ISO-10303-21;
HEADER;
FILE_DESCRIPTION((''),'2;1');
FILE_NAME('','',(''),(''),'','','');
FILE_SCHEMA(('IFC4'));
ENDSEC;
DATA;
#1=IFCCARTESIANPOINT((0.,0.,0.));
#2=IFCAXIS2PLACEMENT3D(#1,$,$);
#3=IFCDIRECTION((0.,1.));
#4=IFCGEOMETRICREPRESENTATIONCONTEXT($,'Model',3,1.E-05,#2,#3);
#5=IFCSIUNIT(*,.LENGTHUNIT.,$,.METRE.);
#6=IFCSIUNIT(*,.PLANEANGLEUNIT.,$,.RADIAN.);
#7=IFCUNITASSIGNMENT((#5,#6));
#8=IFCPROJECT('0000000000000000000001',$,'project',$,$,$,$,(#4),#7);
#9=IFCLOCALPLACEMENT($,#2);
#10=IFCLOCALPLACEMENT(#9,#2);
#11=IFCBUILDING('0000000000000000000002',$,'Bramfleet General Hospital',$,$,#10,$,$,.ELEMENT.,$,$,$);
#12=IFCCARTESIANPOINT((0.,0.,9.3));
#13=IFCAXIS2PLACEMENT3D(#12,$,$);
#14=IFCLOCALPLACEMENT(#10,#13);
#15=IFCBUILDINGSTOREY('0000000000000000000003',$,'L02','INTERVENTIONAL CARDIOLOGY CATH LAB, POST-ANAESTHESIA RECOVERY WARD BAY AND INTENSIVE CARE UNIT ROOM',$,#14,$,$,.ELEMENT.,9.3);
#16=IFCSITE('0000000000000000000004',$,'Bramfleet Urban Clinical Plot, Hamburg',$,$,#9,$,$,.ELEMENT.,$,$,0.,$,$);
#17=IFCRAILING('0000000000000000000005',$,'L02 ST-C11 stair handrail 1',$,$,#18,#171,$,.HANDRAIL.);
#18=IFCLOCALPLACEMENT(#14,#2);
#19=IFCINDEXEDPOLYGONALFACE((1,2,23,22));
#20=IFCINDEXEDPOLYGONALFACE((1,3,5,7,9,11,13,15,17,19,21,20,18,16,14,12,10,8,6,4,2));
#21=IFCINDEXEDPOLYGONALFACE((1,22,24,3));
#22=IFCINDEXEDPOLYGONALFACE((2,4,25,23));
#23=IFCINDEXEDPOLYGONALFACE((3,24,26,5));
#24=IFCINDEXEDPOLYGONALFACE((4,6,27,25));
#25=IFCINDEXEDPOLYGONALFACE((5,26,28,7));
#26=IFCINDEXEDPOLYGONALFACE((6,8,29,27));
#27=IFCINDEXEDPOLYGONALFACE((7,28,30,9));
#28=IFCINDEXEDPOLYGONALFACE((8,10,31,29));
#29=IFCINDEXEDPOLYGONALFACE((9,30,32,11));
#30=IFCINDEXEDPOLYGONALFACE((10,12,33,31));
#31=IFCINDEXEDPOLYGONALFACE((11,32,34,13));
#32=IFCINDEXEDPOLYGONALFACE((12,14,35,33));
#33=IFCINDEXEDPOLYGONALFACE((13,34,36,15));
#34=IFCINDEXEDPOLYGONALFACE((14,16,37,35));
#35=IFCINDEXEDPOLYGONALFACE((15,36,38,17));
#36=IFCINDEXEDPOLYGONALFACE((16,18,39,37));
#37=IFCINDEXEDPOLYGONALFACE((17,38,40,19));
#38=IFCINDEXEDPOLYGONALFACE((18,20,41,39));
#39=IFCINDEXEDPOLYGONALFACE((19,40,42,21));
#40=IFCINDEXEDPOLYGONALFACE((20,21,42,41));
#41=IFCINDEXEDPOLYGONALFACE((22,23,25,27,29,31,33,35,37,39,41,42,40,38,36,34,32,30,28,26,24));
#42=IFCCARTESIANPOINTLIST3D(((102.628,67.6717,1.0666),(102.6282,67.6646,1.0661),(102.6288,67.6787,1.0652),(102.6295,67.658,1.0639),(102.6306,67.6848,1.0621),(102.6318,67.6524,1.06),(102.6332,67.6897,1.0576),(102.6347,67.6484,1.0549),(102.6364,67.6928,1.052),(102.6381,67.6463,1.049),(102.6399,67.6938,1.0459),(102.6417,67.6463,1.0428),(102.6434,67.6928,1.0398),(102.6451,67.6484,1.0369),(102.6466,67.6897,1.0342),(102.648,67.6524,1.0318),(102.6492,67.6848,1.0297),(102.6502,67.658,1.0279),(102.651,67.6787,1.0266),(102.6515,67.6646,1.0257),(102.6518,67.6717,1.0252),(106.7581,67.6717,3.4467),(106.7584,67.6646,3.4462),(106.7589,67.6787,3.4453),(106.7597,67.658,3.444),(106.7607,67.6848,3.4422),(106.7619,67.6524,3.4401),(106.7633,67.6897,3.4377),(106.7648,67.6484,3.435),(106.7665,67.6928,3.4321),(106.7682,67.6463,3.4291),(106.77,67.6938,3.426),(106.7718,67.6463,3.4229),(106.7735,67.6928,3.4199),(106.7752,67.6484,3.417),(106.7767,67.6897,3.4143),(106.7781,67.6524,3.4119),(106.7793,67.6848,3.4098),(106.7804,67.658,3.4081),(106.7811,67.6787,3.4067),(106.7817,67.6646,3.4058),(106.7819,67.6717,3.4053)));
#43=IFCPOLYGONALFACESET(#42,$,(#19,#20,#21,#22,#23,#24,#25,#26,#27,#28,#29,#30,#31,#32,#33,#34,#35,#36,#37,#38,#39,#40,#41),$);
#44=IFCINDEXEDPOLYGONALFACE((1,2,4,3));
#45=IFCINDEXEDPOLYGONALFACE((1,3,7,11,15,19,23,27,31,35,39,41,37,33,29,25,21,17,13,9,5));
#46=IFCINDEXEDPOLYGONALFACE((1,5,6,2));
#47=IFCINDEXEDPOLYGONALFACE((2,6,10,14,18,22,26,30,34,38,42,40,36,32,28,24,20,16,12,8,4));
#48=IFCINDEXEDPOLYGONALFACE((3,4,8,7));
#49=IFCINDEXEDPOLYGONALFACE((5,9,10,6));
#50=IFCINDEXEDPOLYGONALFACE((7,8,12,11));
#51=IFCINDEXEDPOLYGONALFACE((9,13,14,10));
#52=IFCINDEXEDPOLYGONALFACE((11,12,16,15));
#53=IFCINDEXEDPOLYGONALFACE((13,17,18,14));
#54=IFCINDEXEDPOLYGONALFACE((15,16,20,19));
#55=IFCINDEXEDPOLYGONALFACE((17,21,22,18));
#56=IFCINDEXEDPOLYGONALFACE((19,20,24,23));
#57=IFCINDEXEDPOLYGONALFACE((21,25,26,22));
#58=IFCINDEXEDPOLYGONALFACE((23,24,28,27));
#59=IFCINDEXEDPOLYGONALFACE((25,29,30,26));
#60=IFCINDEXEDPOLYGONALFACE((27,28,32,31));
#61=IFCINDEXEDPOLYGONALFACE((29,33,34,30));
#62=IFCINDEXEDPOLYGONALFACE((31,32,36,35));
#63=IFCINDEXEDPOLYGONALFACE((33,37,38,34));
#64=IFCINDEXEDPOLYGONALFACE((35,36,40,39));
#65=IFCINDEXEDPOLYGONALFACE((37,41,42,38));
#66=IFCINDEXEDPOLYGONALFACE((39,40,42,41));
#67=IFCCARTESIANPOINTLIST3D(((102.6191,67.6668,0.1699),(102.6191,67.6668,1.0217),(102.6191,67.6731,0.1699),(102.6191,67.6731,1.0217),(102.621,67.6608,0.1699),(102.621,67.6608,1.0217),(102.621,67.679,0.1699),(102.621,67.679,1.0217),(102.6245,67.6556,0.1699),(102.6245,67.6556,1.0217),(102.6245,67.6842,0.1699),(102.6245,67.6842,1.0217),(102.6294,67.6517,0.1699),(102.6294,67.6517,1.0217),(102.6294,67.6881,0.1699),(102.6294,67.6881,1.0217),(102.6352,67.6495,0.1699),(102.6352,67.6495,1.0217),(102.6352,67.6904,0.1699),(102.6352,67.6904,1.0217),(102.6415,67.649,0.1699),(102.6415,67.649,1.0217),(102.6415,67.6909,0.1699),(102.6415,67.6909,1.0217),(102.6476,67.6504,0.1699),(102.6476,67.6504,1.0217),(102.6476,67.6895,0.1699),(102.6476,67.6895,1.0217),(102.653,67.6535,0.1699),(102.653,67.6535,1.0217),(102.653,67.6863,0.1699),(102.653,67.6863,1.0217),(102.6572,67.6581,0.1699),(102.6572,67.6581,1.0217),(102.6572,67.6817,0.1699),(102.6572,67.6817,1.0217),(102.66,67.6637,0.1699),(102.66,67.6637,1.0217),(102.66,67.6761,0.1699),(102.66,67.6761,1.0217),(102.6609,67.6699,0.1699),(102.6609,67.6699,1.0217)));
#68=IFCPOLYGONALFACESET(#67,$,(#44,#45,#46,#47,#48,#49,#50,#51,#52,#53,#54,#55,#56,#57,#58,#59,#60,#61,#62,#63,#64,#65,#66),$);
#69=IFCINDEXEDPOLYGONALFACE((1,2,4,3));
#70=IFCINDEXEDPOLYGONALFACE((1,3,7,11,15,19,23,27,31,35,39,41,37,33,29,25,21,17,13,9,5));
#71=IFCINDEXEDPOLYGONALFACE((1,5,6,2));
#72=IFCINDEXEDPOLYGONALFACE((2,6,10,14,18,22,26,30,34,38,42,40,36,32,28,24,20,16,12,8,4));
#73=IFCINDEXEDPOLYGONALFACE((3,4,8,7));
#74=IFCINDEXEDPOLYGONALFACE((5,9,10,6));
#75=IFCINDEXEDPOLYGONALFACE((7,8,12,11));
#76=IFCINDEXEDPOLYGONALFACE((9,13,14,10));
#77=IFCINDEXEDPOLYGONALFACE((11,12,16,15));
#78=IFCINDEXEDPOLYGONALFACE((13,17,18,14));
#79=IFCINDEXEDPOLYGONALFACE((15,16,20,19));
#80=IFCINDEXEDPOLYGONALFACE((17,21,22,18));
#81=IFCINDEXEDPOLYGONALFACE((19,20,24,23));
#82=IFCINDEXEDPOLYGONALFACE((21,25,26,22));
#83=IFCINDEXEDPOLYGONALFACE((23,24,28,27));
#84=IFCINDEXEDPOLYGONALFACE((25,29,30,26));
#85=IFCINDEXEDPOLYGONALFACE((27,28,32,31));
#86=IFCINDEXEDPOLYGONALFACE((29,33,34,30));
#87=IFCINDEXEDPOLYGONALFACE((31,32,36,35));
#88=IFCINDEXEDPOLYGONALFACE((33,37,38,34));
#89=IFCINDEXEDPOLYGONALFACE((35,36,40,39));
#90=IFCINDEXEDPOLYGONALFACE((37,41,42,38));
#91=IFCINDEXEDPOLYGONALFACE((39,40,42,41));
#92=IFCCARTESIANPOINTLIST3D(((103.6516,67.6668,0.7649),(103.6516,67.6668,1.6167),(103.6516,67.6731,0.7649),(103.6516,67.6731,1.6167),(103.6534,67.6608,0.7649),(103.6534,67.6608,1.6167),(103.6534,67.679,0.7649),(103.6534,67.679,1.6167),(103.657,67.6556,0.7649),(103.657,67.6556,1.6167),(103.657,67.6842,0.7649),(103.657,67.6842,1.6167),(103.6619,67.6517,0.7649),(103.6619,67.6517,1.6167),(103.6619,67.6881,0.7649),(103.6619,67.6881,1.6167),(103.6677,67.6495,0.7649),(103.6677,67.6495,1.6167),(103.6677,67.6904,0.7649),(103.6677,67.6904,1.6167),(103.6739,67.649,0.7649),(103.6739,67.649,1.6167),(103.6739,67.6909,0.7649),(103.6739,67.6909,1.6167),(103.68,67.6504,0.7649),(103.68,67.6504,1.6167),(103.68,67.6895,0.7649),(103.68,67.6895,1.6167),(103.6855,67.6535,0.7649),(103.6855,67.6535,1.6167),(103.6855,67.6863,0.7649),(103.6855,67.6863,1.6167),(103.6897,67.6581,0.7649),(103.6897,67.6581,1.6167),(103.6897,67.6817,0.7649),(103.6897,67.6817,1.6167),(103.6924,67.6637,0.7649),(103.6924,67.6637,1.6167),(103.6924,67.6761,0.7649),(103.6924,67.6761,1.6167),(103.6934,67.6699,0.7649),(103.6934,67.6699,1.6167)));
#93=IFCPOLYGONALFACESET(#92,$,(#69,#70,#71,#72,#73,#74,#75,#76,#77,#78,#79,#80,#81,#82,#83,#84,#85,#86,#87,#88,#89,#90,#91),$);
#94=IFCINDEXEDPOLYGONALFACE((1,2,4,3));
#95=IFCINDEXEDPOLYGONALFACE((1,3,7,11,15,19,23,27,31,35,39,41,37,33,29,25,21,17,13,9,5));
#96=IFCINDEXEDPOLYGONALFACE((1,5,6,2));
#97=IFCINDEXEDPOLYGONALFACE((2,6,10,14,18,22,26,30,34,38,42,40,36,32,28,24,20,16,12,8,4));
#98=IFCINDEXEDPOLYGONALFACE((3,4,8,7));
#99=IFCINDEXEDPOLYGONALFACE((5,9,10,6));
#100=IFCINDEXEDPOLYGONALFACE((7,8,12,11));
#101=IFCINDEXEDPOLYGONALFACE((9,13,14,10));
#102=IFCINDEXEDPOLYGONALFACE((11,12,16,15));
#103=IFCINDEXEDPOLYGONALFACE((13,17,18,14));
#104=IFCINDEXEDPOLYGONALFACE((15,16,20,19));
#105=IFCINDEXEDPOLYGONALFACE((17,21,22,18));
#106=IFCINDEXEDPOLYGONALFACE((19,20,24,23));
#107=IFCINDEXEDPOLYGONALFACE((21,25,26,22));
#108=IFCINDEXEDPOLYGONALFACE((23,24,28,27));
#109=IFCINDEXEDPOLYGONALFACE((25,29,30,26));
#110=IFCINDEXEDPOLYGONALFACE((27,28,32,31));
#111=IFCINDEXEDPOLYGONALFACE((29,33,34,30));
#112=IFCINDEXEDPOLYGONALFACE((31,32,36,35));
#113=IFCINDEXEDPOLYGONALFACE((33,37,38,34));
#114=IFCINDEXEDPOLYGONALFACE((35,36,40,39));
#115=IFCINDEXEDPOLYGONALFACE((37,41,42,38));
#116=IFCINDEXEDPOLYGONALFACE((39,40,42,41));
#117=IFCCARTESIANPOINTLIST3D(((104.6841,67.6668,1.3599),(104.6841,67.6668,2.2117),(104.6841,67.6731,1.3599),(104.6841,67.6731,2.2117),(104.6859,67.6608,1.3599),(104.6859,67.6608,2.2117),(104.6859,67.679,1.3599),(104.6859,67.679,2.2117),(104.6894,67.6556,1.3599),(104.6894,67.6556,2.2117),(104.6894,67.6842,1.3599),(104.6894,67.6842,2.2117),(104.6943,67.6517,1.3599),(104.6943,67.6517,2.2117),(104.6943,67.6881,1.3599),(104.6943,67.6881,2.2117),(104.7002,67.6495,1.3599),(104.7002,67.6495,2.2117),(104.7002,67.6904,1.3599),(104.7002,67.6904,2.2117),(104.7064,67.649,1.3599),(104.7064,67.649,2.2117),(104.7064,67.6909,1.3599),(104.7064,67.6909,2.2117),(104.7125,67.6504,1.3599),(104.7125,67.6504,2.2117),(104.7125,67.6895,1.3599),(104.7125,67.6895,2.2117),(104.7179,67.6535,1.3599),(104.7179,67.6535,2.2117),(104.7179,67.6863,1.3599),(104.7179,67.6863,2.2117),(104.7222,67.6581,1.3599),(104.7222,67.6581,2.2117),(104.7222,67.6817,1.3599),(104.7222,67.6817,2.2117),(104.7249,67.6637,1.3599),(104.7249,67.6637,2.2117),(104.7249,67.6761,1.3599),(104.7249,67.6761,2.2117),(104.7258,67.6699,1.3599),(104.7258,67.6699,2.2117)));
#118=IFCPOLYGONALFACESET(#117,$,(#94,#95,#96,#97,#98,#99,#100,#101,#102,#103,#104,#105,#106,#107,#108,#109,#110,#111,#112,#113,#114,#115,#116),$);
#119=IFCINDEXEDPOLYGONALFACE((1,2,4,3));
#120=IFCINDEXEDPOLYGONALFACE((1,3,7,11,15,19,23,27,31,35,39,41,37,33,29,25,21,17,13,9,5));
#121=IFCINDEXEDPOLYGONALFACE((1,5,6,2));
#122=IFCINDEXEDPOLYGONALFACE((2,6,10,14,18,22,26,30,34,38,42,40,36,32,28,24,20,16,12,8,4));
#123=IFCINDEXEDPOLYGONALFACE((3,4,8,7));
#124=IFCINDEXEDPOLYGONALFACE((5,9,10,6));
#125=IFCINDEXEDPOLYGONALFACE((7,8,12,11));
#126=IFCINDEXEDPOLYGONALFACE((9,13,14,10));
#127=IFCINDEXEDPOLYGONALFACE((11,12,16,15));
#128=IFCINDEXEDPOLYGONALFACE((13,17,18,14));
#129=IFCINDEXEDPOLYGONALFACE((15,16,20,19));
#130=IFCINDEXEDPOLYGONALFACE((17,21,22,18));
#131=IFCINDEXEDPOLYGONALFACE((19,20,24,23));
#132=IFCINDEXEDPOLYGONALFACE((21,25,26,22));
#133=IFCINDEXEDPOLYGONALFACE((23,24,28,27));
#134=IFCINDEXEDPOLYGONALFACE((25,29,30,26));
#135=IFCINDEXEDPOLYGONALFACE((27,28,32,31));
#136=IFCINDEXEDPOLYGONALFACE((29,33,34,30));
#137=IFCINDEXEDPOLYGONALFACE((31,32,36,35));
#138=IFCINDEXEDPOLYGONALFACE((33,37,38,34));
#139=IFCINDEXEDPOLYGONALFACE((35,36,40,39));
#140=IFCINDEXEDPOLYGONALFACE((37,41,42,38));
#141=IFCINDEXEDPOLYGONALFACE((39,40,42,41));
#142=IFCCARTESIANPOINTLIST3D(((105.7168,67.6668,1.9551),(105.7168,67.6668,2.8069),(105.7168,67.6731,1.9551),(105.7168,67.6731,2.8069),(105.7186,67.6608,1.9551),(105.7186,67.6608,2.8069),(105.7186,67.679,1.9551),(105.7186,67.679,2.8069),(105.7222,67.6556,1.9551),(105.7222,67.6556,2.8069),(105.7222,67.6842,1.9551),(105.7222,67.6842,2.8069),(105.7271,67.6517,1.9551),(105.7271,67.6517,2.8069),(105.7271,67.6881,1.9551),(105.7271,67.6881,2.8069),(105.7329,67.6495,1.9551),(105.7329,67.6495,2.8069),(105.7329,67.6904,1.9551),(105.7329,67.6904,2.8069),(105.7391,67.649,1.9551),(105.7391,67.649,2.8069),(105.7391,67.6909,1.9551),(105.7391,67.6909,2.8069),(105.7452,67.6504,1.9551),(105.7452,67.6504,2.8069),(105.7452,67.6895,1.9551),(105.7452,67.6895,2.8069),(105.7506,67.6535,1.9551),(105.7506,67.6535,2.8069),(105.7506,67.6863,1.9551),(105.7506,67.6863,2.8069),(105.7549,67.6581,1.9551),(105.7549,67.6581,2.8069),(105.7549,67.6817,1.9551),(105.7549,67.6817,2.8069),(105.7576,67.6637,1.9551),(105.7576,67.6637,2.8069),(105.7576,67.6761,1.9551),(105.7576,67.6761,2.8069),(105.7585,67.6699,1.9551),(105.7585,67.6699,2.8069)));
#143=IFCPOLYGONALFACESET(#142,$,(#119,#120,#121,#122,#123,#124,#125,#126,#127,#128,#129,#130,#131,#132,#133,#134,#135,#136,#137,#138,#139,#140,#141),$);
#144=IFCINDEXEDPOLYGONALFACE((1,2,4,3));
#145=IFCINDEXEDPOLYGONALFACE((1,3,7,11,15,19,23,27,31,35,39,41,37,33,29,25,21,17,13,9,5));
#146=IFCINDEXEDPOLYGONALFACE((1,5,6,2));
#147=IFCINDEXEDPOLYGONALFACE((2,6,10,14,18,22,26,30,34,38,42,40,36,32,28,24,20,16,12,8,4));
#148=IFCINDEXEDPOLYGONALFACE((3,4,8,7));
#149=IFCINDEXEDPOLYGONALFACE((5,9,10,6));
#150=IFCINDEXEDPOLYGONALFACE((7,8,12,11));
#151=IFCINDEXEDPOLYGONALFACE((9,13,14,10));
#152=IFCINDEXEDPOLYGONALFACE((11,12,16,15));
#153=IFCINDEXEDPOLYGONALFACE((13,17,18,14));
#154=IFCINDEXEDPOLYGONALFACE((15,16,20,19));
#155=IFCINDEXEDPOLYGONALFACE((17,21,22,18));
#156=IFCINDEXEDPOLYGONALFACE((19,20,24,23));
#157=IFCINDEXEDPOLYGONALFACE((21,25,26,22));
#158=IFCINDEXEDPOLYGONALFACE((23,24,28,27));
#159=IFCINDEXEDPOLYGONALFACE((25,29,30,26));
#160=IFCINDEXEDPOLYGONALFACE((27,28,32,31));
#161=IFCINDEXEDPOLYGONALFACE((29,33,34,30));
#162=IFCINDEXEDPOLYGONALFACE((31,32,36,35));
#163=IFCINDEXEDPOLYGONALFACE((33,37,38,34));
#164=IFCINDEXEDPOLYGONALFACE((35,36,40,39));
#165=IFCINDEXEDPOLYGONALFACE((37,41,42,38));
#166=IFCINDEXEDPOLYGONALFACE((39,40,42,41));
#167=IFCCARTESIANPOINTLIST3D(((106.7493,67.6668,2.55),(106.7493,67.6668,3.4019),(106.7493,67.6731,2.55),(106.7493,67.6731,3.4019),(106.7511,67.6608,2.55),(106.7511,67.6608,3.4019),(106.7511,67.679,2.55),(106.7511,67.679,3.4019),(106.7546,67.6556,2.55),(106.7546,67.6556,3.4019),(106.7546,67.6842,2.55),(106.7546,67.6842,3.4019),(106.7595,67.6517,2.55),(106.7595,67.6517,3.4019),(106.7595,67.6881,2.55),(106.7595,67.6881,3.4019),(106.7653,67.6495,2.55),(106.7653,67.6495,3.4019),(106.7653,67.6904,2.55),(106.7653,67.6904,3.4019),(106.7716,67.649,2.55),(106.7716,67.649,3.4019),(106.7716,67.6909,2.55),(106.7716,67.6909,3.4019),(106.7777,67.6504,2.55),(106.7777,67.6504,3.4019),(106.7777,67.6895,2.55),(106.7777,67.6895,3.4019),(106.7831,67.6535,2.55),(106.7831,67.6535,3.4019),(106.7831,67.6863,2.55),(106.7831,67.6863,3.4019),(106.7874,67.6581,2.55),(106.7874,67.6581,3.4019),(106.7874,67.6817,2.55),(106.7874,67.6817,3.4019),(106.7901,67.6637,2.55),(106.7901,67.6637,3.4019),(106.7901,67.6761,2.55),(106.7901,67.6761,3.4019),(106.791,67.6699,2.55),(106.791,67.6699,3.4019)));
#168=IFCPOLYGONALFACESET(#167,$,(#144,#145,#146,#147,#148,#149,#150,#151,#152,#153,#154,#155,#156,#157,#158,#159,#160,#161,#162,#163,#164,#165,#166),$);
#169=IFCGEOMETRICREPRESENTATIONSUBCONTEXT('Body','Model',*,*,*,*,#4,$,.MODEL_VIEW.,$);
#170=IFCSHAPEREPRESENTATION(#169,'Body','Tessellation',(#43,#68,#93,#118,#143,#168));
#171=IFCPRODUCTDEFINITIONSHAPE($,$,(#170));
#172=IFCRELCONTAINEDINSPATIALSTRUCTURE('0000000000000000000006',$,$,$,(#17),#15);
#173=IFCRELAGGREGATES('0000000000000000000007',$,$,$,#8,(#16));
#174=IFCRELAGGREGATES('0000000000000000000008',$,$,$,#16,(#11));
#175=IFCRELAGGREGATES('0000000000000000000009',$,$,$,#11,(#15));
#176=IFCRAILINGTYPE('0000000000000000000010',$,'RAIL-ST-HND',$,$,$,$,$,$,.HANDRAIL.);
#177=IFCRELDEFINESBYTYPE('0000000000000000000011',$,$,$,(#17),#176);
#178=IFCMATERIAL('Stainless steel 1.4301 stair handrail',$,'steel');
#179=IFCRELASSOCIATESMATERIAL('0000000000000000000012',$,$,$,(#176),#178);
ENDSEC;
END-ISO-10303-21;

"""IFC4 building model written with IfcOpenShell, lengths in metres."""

from ifc_helpers import new_model, si_unit, direction, frame, origin, origin_2d, place, context, subcontext, project, spatial, circle, extrude, material, type_object, element, save


model = new_model("IFC4")

# Units and contexts
model_context = context("Model", 3, precision=1e-05, world=origin(), true_north=direction((0.0, 1.0)))
body_context = subcontext(model_context, "Body", "Model", "MODEL_VIEW")
ifc_project = project(units=[si_unit("LENGTHUNIT", "METRE"), si_unit("PLANEANGLEUNIT", "RADIAN")], contexts=[model_context])

# Site, building, storey
site_placement = place(None, origin())
site = spatial("IfcSite", under=ifc_project, at=site_placement, Name="Bramfleet Urban Clinical Plot, Hamburg", CompositionType="ELEMENT", RefElevation=0.0)
building_placement = place(site_placement, origin())
building = spatial("IfcBuilding", under=site, at=building_placement, Name="Bramfleet General Hospital", CompositionType="ELEMENT")
storey_placement = place(building_placement, frame((0.0, 0.0, 9.3)))
storey = spatial("IfcBuildingStorey", under=building, at=storey_placement, Name="L02", Description="INTERVENTIONAL CARDIOLOGY CATH LAB, POST-ANAESTHESIA RECOVERY WARD BAY AND INTENSIVE CARE UNIT ROOM", CompositionType="ELEMENT", Elevation=9.3)

# Railing
ifc_material_1 = material(Name="Stainless steel 1.4301 stair handrail", Category="steel")
railing_type_1 = type_object("IfcRailingType", Name="RAIL-ST-HND", PredefinedType="HANDRAIL", material=ifc_material_1)
railing_1_placement = place(storey_placement, frame((102.6399, 67.6699, 0.1699)))
element("IfcRailing", 1, at=railing_1_placement, inside=storey, type_object=railing_type_1, Name="L02 ST-C11 stair handrail 1", PredefinedType="HANDRAIL", context=body_context, shape_type="SweptSolid", body=[
    extrude(circle(Radius=0.0239, at=origin_2d()), frame((0.0, 0.0, 0.876), z_axis=(0.866425, 0.0, 0.499307), x_axis=(0.0, 1.0, 0.0)), (0.0, 0.0, 1.0), 4.7668),
    extrude(circle(Radius=0.021, at=origin_2d()), origin(), (0.0, 0.0, 1.0), 0.8518),
    extrude(circle(Radius=0.021, at=origin_2d()), frame((1.0325, 0.0, 0.595)), (0.0, 0.0, 1.0), 0.8518),
    extrude(circle(Radius=0.021, at=origin_2d()), frame((2.0649, 0.0, 1.1899)), (0.0, 0.0, 1.0), 0.8518),
    extrude(circle(Radius=0.021, at=origin_2d()), frame((3.0977, 0.0, 1.7852)), (0.0, 0.0, 1.0), 0.8518),
    extrude(circle(Radius=0.021, at=origin_2d()), frame((4.1301, 0.0, 2.3801)), (0.0, 0.0, 1.0), 0.8518),
])

save(model, "model.ifc")
